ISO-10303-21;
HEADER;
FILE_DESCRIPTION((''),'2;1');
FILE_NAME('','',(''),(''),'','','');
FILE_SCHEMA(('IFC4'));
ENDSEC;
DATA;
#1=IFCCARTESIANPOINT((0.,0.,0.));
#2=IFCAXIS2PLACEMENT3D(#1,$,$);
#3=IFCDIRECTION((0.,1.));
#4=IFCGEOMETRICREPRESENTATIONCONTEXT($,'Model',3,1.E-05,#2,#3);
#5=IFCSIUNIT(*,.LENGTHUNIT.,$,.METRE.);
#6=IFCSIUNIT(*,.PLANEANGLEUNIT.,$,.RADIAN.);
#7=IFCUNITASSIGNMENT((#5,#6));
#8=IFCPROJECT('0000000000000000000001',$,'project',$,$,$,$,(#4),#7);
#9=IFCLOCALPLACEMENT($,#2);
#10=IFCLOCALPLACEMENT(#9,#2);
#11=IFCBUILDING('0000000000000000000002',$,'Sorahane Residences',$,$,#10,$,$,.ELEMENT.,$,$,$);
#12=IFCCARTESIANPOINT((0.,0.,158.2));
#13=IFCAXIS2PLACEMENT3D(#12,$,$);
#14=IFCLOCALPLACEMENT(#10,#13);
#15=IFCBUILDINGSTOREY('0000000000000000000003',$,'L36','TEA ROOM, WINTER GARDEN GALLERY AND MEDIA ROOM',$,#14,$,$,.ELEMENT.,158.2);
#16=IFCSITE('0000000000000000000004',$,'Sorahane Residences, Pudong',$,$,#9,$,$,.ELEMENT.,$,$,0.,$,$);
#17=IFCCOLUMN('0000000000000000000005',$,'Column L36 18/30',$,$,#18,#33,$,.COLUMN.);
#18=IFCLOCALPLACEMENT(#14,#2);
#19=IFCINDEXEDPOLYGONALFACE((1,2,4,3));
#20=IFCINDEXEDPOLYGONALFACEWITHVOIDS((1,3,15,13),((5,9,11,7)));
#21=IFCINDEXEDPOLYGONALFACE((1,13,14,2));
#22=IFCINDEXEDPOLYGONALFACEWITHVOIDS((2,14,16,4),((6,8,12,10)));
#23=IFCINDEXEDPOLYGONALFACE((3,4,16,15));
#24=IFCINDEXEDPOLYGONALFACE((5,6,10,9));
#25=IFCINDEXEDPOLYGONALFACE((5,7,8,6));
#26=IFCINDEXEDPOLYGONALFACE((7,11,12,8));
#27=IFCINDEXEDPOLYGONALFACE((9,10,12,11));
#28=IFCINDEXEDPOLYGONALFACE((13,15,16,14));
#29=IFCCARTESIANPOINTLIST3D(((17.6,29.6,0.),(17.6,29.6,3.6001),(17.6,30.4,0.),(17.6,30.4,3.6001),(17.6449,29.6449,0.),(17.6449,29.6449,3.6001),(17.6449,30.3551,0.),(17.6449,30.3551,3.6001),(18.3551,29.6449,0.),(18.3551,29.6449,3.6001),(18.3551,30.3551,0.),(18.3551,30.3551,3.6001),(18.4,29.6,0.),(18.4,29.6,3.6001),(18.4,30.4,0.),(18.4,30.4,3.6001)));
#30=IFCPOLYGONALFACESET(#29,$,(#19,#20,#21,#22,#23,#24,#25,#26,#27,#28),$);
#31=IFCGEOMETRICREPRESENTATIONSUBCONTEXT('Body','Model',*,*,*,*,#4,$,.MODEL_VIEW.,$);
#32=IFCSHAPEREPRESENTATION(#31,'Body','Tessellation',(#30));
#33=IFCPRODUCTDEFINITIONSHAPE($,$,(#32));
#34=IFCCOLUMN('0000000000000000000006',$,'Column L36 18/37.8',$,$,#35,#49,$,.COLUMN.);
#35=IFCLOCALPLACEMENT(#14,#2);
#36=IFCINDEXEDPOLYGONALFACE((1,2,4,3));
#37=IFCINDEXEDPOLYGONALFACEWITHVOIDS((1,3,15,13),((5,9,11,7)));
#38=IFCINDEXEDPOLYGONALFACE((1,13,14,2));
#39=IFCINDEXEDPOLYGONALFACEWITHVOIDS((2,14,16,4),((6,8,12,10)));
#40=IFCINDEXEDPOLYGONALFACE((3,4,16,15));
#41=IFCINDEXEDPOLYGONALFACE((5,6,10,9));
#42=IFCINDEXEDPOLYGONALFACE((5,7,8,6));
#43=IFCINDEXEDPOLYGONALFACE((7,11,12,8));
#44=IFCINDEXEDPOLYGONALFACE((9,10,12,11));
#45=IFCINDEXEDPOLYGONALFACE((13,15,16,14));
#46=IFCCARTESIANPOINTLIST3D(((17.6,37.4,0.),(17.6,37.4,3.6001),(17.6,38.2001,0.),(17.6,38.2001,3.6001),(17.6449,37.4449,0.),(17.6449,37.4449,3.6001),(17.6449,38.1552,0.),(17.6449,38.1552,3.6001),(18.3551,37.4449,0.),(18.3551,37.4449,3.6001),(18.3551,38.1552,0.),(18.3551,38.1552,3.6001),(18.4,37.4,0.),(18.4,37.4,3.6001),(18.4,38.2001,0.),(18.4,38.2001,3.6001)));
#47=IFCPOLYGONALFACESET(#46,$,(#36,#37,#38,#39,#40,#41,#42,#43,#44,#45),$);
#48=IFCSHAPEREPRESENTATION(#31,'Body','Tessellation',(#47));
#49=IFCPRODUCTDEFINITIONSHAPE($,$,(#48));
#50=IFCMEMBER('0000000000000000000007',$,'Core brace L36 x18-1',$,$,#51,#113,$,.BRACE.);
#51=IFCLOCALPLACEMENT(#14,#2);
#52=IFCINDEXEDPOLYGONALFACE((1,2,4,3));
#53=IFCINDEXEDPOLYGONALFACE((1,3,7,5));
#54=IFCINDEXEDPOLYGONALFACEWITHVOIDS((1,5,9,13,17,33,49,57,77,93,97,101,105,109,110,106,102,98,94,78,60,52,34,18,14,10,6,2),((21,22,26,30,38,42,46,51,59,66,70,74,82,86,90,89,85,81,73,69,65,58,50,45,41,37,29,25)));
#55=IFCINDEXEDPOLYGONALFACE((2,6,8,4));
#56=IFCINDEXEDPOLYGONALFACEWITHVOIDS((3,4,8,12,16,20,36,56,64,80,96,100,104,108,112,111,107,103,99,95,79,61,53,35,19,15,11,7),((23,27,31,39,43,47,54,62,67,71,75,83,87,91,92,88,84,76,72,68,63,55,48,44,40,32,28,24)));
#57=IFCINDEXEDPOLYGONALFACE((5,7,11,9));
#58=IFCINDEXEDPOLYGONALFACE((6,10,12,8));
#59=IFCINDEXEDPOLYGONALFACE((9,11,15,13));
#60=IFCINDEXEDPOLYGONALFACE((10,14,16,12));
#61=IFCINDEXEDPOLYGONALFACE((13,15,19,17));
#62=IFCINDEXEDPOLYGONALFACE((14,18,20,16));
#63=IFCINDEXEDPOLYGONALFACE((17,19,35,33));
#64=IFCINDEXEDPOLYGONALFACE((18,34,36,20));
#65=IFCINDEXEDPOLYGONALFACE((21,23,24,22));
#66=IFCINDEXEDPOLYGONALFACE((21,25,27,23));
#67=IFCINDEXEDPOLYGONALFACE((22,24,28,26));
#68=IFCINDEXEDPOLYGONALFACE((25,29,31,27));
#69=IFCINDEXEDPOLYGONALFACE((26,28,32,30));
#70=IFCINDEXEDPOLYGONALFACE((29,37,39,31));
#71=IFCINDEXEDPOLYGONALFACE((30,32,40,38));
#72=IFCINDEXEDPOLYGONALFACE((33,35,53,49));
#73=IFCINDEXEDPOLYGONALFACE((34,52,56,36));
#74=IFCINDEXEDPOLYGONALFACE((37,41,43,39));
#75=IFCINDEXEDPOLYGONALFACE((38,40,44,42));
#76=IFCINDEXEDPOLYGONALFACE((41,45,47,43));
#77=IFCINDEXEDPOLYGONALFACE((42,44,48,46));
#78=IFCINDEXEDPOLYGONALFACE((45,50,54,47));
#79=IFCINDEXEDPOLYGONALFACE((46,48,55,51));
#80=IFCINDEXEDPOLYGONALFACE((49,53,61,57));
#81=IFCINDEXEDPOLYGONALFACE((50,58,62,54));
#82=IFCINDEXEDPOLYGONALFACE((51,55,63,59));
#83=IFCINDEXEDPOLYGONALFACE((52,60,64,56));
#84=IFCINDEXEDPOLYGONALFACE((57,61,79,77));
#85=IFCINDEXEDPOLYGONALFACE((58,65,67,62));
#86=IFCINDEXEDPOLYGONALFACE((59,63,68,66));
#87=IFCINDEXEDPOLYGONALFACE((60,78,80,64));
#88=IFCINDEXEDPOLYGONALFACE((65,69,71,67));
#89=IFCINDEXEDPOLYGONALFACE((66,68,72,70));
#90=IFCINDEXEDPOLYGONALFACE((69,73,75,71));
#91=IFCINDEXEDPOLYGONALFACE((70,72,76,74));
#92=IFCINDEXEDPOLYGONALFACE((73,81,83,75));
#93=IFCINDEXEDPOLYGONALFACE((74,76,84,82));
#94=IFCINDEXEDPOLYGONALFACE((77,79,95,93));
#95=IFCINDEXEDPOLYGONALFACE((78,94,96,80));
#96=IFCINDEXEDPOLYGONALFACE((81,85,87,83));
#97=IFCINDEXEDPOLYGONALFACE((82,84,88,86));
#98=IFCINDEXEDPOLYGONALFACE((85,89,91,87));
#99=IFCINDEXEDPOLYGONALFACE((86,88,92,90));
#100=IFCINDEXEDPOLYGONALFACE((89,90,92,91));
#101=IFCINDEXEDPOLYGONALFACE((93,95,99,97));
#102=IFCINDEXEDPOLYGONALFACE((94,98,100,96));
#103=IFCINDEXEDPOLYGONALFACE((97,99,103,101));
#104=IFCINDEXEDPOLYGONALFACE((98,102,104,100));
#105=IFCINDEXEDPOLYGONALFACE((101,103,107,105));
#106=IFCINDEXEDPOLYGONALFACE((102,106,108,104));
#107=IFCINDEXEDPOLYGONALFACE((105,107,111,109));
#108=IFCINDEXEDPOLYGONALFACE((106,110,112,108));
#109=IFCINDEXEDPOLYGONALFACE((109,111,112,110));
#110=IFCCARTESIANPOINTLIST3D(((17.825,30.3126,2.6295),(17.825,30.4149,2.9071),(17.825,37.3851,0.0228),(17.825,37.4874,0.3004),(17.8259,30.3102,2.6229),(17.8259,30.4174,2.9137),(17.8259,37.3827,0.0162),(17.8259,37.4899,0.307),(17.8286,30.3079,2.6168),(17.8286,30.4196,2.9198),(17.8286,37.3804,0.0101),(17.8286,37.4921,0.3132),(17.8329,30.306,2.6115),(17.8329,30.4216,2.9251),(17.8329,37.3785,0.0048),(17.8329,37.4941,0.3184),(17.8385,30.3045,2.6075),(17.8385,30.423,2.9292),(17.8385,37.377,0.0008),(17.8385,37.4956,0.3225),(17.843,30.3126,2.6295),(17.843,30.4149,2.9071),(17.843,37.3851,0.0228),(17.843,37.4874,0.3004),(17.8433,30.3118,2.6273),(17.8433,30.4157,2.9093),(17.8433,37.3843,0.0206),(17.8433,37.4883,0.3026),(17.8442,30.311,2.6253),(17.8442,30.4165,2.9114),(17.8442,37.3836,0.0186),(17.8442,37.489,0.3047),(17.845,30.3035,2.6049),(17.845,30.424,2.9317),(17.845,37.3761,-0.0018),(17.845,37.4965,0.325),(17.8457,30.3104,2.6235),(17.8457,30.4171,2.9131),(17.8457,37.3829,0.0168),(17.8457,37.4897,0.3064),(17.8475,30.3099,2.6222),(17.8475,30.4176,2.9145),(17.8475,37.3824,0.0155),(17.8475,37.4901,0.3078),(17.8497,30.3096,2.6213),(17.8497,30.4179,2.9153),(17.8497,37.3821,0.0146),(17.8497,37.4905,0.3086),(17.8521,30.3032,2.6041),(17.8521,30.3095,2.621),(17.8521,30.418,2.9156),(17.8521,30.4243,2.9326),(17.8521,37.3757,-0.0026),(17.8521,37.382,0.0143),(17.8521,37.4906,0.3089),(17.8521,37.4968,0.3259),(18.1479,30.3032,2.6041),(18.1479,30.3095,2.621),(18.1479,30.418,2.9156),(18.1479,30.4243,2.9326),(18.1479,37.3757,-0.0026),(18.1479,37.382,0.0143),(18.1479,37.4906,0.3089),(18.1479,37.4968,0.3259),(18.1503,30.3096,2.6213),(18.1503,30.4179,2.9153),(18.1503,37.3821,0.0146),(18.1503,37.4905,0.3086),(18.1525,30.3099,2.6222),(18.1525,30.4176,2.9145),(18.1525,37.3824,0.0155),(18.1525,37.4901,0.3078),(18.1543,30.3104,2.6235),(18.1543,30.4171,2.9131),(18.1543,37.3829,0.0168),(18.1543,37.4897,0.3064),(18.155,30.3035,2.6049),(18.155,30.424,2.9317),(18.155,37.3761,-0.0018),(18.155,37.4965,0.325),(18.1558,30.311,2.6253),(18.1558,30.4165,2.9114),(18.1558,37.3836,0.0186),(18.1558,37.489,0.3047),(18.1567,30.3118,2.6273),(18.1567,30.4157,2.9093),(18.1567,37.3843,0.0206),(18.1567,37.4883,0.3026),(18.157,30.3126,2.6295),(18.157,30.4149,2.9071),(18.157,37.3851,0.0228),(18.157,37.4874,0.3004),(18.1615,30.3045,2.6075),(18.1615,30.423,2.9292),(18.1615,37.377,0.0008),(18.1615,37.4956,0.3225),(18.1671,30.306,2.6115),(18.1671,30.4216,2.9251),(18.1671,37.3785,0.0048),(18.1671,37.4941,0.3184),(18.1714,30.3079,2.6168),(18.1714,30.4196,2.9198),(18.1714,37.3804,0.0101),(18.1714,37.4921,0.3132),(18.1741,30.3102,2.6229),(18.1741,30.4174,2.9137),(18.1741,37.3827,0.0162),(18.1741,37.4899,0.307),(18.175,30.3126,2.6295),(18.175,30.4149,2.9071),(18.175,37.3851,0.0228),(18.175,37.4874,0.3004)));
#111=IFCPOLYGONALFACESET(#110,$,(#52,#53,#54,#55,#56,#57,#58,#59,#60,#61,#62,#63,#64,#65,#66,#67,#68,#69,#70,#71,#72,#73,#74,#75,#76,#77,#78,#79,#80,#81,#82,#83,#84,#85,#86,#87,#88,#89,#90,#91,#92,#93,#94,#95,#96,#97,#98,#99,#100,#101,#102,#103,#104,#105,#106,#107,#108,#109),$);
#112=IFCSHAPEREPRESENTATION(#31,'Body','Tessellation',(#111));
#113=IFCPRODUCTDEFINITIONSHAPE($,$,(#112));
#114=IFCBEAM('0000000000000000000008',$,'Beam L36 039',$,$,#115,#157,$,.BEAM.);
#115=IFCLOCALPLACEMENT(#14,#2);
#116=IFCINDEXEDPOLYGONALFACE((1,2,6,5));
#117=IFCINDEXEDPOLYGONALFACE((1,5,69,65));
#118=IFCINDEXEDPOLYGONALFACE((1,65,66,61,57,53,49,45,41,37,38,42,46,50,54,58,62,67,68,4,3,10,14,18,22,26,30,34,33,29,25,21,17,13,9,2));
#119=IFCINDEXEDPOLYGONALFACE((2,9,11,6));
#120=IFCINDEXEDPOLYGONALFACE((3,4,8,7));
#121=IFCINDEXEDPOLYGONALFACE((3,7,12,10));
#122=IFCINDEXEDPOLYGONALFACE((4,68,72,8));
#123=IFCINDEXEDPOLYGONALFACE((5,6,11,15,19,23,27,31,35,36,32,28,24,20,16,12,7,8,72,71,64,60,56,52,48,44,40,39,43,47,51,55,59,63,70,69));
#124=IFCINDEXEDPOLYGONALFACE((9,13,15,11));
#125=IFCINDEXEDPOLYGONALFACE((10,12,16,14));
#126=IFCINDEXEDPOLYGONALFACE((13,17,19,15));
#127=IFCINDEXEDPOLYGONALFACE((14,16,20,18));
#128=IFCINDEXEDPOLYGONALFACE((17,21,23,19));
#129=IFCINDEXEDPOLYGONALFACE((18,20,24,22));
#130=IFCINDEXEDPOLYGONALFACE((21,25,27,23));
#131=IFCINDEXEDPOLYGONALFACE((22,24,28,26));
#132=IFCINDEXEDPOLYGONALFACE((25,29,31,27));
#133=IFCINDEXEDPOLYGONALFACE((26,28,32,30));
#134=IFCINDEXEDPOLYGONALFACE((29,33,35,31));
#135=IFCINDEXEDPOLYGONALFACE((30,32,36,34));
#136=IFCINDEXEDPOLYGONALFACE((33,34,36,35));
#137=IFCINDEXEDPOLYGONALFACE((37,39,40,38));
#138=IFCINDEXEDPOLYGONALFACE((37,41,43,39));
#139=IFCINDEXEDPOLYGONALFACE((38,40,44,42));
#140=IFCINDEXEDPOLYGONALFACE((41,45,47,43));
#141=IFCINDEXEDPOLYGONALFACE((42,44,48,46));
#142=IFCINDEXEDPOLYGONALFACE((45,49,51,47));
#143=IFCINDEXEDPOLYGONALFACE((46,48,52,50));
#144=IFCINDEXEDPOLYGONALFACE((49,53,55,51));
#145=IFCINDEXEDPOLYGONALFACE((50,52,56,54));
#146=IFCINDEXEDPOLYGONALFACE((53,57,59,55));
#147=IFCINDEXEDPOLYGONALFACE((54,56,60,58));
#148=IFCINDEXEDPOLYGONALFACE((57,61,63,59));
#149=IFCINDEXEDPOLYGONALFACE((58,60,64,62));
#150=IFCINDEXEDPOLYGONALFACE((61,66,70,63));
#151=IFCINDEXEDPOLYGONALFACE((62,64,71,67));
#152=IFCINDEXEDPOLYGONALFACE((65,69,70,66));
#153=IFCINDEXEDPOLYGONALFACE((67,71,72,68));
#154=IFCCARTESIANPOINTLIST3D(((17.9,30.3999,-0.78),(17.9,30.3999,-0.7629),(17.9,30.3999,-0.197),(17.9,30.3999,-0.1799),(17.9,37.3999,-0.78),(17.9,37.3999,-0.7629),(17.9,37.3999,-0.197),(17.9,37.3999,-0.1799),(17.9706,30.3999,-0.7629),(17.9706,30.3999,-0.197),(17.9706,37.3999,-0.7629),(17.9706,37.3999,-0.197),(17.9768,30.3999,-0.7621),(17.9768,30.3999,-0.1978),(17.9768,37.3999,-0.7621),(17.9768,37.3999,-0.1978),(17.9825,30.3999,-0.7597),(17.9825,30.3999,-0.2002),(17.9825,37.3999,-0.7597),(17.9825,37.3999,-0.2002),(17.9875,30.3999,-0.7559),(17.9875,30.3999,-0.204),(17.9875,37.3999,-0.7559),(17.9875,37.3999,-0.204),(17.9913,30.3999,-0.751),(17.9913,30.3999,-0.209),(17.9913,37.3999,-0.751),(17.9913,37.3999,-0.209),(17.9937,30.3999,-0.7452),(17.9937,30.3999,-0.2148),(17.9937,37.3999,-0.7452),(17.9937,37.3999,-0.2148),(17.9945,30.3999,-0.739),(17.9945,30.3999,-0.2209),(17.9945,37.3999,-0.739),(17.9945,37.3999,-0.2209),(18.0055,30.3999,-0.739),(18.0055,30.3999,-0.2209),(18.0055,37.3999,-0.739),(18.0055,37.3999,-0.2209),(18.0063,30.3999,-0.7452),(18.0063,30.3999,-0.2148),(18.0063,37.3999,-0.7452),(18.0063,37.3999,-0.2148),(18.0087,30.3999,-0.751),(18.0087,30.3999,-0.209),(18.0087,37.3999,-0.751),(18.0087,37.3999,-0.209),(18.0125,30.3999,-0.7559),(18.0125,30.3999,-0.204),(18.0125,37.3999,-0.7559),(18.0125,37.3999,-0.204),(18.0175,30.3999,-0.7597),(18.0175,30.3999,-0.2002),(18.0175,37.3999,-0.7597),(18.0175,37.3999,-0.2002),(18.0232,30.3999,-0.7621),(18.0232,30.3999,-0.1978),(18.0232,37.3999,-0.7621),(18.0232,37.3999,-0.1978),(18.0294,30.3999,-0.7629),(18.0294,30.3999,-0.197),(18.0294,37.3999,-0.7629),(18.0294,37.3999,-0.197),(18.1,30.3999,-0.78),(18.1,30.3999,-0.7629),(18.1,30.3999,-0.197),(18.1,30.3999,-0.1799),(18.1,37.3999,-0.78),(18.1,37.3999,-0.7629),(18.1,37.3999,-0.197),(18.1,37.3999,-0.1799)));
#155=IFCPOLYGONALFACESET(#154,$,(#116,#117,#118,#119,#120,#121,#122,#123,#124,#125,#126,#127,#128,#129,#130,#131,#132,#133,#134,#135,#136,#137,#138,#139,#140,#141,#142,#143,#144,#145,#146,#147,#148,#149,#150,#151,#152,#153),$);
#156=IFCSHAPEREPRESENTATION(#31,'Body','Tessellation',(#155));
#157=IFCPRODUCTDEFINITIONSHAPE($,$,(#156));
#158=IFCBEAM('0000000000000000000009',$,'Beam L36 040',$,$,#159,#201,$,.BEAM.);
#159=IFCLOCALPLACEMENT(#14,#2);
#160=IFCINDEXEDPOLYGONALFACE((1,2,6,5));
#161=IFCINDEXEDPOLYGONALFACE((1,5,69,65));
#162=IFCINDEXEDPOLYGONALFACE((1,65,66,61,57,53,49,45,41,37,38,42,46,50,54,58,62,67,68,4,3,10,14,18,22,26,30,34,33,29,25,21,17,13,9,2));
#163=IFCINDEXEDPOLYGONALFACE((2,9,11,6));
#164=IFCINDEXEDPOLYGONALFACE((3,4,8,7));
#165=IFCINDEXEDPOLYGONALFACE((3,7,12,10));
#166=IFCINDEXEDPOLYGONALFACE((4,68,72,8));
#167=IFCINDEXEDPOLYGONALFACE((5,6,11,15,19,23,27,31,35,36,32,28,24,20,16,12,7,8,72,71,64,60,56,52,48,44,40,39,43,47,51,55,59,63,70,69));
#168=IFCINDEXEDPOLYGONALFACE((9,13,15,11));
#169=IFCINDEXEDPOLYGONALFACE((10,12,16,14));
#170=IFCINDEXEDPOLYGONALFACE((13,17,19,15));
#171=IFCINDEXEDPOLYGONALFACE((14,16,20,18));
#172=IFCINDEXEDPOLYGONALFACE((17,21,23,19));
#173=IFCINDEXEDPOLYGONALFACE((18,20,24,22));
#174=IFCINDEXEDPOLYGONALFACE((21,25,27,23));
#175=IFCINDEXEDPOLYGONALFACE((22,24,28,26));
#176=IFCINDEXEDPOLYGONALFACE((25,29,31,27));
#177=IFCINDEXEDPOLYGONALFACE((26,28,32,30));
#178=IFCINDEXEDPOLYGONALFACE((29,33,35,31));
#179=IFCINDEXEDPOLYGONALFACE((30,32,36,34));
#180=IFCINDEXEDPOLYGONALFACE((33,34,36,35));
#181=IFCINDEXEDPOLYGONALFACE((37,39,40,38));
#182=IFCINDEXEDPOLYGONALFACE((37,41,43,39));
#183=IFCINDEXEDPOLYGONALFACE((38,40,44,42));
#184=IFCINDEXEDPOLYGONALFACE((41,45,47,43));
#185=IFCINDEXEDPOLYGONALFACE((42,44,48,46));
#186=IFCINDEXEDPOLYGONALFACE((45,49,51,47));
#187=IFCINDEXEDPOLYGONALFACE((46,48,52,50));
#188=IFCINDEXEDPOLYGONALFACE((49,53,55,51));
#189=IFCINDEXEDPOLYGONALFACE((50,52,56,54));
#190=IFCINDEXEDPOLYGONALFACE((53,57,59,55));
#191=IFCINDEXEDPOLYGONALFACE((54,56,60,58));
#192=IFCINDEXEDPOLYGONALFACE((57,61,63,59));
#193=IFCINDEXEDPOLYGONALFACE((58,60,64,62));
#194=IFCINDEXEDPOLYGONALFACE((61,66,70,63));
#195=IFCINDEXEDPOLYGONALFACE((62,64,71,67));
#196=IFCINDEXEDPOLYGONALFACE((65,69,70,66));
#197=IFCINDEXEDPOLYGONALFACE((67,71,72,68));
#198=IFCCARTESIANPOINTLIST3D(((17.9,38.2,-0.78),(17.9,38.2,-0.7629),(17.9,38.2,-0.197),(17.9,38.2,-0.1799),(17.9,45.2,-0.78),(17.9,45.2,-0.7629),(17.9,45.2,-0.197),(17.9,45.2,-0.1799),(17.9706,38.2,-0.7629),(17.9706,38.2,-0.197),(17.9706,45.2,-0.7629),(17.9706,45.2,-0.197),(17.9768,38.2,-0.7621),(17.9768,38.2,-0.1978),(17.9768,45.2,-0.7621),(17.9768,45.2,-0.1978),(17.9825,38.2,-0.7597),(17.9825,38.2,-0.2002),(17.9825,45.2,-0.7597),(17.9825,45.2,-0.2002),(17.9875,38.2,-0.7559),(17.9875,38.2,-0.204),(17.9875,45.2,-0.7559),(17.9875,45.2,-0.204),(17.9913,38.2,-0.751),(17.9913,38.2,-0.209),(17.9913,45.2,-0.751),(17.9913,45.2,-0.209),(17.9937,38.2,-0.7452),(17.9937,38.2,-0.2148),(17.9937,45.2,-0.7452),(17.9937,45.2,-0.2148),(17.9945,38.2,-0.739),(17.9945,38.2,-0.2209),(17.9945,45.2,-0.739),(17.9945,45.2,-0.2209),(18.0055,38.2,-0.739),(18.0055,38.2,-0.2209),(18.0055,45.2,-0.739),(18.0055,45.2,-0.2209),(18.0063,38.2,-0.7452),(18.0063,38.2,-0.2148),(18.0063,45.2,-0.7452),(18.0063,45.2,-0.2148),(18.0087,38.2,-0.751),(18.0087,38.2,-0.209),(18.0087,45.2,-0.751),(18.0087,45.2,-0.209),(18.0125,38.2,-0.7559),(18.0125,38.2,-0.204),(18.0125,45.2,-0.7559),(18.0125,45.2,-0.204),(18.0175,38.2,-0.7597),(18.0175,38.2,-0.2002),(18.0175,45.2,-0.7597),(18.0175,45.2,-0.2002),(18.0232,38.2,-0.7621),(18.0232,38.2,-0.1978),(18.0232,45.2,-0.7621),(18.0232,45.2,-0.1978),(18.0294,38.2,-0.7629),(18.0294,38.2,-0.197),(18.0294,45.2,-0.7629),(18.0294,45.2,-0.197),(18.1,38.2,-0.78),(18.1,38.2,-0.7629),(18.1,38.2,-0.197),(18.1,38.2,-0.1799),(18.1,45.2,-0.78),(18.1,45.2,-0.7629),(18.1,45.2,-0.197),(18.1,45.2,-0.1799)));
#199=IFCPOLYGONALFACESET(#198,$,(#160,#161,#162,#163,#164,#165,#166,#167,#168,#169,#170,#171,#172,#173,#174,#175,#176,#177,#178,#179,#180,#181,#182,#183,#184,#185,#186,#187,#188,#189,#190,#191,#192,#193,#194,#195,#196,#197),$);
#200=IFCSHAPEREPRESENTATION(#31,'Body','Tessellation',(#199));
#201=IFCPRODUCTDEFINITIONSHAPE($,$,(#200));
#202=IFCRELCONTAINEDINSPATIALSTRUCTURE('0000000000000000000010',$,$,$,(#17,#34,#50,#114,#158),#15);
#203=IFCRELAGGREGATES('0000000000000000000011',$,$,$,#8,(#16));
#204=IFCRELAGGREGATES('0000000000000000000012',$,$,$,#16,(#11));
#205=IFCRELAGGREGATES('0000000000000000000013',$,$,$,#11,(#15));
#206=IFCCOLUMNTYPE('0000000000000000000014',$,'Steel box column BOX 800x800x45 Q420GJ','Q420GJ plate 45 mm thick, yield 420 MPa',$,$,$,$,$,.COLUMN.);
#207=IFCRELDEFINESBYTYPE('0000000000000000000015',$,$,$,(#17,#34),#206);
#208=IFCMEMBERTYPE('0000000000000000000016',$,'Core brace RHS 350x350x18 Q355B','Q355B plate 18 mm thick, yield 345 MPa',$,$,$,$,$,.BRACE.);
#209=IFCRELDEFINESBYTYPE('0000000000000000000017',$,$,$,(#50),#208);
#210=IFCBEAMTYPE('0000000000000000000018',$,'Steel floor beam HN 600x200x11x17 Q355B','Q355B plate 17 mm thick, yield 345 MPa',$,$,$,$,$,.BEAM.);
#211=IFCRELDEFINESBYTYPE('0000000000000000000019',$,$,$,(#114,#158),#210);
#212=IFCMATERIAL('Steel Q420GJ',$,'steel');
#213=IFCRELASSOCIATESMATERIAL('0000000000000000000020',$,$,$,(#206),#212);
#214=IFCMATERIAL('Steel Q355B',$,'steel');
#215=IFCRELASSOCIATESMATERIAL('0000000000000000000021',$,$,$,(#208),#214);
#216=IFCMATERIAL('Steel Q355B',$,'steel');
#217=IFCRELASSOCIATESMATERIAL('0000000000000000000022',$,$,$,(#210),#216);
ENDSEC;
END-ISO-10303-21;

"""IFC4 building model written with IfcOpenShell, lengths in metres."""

from ifc_helpers import new_model, si_unit, direction, frame, origin, origin_2d, place, context, subcontext, project, spatial, hollow_rectangle, i_section, extrude, material, material_profile, profile_set, type_object, element, save


model = new_model("IFC4")

# Units and contexts
model_context = context("Model", 3, precision=1e-05, world=origin(), true_north=direction((0.0, 1.0)))
body_context = subcontext(model_context, "Body", "Model", "MODEL_VIEW")
ifc_project = project(units=[si_unit("LENGTHUNIT", "METRE"), si_unit("PLANEANGLEUNIT", "RADIAN")], contexts=[model_context])

# Site, building, storey
site_placement = place(None, origin())
site = spatial("IfcSite", under=ifc_project, at=site_placement, Name="Sorahane Residences, Pudong", CompositionType="ELEMENT", RefElevation=0.0)
building_placement = place(site_placement, origin())
building = spatial("IfcBuilding", under=site, at=building_placement, Name="Sorahane Residences", CompositionType="ELEMENT")
storey_placement = place(building_placement, frame((0.0, 0.0, 158.2)))
storey = spatial("IfcBuildingStorey", under=building, at=storey_placement, Name="L36", Description="TEA ROOM, WINTER GARDEN GALLERY AND MEDIA ROOM", CompositionType="ELEMENT", Elevation=158.2)

# Columns
ifc_material_1 = material(Name="Steel Q420GJ", Category="steel")
ifc_material_profile_1 = material_profile(ifc_material_1, hollow_rectangle(XDim=0.8, YDim=0.8, WallThickness=0.0449, at=origin_2d()), Name="BOX 800x800x45")
ifc_profile_set_1 = profile_set([ifc_material_profile_1], Name="Steel Q420GJ")
column_type = type_object("IfcColumnType", Name="Steel box column BOX 800x800x45 Q420GJ", Description="Q420GJ plate 45 mm thick, yield 420 MPa", PredefinedType="COLUMN", material=ifc_profile_set_1)
for number, where, z_axis, x_axis, name in (
    (1, (18.0, 30.0, 0.0), (0.0, 0.0, 1.0), (1.0, 0.0, 0.0), "Column L36 18/30"),
    (2, (18.0, 37.8, 0.0), (0.0, 0.0, 1.0), (1.0, 0.0, 0.0), "Column L36 18/37.8"),
):
    element("IfcColumn", number, at=place(storey_placement, frame(where, z_axis=z_axis, x_axis=x_axis)), inside=storey, type_object=column_type, Name=name, PredefinedType="COLUMN", context=body_context, shape_type="SweptSolid", body=[
        extrude(hollow_rectangle(XDim=0.8, YDim=0.8, WallThickness=0.0449, at=origin_2d()), origin(), (0.0, 0.0, 1.0), 3.6001),
    ])

# Member
ifc_material_2 = material(Name="Steel Q355B", Category="steel")
ifc_material_profile_2 = material_profile(ifc_material_2, hollow_rectangle(XDim=0.3501, YDim=0.3501, WallThickness=0.0181, InnerFilletRadius=0.009, OuterFilletRadius=0.0271, at=origin_2d()), Name="RHS 350x350x18")
ifc_profile_set_2 = profile_set([ifc_material_profile_2], Name="Steel Q355B")
member_type = type_object("IfcMemberType", Name="Core brace RHS 350x350x18 Q355B", Description="Q355B plate 18 mm thick, yield 345 MPa", PredefinedType="BRACE", material=ifc_profile_set_2)
member_placement = place(storey_placement, frame((18.0, 37.4363, 0.1616), z_axis=(0.0, -0.938299, 0.345825), x_axis=(1.0, 0.0, 0.0)))
element("IfcMember", 3, at=member_placement, inside=storey, type_object=member_type, Name="Core brace L36 x18-1", PredefinedType="BRACE", context=body_context, shape_type="SweptSolid", body=[
    extrude(hollow_rectangle(XDim=0.3501, YDim=0.3501, WallThickness=0.0181, InnerFilletRadius=0.009, OuterFilletRadius=0.0271, at=origin_2d()), origin(), (0.0, 0.0, 1.0), 7.5376),
])

# Beams
ifc_material_3 = material(Name="Steel Q355B", Category="steel")
ifc_material_profile_3 = material_profile(ifc_material_3, i_section(OverallWidth=0.2, OverallDepth=0.6001, WebThickness=0.011, FlangeThickness=0.0171, FilletRadius=0.0239, at=origin_2d()), Name="HN 600x200x11x17")
ifc_profile_set_3 = profile_set([ifc_material_profile_3], Name="Steel Q355B")
beam_type = type_object("IfcBeamType", Name="Steel floor beam HN 600x200x11x17 Q355B", Description="Q355B plate 17 mm thick, yield 345 MPa", PredefinedType="BEAM", material=ifc_profile_set_3)
for number, where, z_axis, x_axis, name in (
    (4, (18.0, 30.3999, -0.48), (0.0, 1.0, 0.0), (-1.0, 0.0, 0.0), "Beam L36 039"),
    (5, (18.0, 38.2, -0.48), (0.0, 1.0, 0.0), (-1.0, 0.0, 0.0), "Beam L36 040"),
):
    element("IfcBeam", number, at=place(storey_placement, frame(where, z_axis=z_axis, x_axis=x_axis)), inside=storey, type_object=beam_type, Name=name, PredefinedType="BEAM", context=body_context, shape_type="SweptSolid", body=[
        extrude(i_section(OverallWidth=0.2, OverallDepth=0.6001, WebThickness=0.011, FlangeThickness=0.0171, FilletRadius=0.0239, at=origin_2d()), origin(), (0.0, 0.0, 1.0), 7.0),
    ])

save(model, "model.ifc")
